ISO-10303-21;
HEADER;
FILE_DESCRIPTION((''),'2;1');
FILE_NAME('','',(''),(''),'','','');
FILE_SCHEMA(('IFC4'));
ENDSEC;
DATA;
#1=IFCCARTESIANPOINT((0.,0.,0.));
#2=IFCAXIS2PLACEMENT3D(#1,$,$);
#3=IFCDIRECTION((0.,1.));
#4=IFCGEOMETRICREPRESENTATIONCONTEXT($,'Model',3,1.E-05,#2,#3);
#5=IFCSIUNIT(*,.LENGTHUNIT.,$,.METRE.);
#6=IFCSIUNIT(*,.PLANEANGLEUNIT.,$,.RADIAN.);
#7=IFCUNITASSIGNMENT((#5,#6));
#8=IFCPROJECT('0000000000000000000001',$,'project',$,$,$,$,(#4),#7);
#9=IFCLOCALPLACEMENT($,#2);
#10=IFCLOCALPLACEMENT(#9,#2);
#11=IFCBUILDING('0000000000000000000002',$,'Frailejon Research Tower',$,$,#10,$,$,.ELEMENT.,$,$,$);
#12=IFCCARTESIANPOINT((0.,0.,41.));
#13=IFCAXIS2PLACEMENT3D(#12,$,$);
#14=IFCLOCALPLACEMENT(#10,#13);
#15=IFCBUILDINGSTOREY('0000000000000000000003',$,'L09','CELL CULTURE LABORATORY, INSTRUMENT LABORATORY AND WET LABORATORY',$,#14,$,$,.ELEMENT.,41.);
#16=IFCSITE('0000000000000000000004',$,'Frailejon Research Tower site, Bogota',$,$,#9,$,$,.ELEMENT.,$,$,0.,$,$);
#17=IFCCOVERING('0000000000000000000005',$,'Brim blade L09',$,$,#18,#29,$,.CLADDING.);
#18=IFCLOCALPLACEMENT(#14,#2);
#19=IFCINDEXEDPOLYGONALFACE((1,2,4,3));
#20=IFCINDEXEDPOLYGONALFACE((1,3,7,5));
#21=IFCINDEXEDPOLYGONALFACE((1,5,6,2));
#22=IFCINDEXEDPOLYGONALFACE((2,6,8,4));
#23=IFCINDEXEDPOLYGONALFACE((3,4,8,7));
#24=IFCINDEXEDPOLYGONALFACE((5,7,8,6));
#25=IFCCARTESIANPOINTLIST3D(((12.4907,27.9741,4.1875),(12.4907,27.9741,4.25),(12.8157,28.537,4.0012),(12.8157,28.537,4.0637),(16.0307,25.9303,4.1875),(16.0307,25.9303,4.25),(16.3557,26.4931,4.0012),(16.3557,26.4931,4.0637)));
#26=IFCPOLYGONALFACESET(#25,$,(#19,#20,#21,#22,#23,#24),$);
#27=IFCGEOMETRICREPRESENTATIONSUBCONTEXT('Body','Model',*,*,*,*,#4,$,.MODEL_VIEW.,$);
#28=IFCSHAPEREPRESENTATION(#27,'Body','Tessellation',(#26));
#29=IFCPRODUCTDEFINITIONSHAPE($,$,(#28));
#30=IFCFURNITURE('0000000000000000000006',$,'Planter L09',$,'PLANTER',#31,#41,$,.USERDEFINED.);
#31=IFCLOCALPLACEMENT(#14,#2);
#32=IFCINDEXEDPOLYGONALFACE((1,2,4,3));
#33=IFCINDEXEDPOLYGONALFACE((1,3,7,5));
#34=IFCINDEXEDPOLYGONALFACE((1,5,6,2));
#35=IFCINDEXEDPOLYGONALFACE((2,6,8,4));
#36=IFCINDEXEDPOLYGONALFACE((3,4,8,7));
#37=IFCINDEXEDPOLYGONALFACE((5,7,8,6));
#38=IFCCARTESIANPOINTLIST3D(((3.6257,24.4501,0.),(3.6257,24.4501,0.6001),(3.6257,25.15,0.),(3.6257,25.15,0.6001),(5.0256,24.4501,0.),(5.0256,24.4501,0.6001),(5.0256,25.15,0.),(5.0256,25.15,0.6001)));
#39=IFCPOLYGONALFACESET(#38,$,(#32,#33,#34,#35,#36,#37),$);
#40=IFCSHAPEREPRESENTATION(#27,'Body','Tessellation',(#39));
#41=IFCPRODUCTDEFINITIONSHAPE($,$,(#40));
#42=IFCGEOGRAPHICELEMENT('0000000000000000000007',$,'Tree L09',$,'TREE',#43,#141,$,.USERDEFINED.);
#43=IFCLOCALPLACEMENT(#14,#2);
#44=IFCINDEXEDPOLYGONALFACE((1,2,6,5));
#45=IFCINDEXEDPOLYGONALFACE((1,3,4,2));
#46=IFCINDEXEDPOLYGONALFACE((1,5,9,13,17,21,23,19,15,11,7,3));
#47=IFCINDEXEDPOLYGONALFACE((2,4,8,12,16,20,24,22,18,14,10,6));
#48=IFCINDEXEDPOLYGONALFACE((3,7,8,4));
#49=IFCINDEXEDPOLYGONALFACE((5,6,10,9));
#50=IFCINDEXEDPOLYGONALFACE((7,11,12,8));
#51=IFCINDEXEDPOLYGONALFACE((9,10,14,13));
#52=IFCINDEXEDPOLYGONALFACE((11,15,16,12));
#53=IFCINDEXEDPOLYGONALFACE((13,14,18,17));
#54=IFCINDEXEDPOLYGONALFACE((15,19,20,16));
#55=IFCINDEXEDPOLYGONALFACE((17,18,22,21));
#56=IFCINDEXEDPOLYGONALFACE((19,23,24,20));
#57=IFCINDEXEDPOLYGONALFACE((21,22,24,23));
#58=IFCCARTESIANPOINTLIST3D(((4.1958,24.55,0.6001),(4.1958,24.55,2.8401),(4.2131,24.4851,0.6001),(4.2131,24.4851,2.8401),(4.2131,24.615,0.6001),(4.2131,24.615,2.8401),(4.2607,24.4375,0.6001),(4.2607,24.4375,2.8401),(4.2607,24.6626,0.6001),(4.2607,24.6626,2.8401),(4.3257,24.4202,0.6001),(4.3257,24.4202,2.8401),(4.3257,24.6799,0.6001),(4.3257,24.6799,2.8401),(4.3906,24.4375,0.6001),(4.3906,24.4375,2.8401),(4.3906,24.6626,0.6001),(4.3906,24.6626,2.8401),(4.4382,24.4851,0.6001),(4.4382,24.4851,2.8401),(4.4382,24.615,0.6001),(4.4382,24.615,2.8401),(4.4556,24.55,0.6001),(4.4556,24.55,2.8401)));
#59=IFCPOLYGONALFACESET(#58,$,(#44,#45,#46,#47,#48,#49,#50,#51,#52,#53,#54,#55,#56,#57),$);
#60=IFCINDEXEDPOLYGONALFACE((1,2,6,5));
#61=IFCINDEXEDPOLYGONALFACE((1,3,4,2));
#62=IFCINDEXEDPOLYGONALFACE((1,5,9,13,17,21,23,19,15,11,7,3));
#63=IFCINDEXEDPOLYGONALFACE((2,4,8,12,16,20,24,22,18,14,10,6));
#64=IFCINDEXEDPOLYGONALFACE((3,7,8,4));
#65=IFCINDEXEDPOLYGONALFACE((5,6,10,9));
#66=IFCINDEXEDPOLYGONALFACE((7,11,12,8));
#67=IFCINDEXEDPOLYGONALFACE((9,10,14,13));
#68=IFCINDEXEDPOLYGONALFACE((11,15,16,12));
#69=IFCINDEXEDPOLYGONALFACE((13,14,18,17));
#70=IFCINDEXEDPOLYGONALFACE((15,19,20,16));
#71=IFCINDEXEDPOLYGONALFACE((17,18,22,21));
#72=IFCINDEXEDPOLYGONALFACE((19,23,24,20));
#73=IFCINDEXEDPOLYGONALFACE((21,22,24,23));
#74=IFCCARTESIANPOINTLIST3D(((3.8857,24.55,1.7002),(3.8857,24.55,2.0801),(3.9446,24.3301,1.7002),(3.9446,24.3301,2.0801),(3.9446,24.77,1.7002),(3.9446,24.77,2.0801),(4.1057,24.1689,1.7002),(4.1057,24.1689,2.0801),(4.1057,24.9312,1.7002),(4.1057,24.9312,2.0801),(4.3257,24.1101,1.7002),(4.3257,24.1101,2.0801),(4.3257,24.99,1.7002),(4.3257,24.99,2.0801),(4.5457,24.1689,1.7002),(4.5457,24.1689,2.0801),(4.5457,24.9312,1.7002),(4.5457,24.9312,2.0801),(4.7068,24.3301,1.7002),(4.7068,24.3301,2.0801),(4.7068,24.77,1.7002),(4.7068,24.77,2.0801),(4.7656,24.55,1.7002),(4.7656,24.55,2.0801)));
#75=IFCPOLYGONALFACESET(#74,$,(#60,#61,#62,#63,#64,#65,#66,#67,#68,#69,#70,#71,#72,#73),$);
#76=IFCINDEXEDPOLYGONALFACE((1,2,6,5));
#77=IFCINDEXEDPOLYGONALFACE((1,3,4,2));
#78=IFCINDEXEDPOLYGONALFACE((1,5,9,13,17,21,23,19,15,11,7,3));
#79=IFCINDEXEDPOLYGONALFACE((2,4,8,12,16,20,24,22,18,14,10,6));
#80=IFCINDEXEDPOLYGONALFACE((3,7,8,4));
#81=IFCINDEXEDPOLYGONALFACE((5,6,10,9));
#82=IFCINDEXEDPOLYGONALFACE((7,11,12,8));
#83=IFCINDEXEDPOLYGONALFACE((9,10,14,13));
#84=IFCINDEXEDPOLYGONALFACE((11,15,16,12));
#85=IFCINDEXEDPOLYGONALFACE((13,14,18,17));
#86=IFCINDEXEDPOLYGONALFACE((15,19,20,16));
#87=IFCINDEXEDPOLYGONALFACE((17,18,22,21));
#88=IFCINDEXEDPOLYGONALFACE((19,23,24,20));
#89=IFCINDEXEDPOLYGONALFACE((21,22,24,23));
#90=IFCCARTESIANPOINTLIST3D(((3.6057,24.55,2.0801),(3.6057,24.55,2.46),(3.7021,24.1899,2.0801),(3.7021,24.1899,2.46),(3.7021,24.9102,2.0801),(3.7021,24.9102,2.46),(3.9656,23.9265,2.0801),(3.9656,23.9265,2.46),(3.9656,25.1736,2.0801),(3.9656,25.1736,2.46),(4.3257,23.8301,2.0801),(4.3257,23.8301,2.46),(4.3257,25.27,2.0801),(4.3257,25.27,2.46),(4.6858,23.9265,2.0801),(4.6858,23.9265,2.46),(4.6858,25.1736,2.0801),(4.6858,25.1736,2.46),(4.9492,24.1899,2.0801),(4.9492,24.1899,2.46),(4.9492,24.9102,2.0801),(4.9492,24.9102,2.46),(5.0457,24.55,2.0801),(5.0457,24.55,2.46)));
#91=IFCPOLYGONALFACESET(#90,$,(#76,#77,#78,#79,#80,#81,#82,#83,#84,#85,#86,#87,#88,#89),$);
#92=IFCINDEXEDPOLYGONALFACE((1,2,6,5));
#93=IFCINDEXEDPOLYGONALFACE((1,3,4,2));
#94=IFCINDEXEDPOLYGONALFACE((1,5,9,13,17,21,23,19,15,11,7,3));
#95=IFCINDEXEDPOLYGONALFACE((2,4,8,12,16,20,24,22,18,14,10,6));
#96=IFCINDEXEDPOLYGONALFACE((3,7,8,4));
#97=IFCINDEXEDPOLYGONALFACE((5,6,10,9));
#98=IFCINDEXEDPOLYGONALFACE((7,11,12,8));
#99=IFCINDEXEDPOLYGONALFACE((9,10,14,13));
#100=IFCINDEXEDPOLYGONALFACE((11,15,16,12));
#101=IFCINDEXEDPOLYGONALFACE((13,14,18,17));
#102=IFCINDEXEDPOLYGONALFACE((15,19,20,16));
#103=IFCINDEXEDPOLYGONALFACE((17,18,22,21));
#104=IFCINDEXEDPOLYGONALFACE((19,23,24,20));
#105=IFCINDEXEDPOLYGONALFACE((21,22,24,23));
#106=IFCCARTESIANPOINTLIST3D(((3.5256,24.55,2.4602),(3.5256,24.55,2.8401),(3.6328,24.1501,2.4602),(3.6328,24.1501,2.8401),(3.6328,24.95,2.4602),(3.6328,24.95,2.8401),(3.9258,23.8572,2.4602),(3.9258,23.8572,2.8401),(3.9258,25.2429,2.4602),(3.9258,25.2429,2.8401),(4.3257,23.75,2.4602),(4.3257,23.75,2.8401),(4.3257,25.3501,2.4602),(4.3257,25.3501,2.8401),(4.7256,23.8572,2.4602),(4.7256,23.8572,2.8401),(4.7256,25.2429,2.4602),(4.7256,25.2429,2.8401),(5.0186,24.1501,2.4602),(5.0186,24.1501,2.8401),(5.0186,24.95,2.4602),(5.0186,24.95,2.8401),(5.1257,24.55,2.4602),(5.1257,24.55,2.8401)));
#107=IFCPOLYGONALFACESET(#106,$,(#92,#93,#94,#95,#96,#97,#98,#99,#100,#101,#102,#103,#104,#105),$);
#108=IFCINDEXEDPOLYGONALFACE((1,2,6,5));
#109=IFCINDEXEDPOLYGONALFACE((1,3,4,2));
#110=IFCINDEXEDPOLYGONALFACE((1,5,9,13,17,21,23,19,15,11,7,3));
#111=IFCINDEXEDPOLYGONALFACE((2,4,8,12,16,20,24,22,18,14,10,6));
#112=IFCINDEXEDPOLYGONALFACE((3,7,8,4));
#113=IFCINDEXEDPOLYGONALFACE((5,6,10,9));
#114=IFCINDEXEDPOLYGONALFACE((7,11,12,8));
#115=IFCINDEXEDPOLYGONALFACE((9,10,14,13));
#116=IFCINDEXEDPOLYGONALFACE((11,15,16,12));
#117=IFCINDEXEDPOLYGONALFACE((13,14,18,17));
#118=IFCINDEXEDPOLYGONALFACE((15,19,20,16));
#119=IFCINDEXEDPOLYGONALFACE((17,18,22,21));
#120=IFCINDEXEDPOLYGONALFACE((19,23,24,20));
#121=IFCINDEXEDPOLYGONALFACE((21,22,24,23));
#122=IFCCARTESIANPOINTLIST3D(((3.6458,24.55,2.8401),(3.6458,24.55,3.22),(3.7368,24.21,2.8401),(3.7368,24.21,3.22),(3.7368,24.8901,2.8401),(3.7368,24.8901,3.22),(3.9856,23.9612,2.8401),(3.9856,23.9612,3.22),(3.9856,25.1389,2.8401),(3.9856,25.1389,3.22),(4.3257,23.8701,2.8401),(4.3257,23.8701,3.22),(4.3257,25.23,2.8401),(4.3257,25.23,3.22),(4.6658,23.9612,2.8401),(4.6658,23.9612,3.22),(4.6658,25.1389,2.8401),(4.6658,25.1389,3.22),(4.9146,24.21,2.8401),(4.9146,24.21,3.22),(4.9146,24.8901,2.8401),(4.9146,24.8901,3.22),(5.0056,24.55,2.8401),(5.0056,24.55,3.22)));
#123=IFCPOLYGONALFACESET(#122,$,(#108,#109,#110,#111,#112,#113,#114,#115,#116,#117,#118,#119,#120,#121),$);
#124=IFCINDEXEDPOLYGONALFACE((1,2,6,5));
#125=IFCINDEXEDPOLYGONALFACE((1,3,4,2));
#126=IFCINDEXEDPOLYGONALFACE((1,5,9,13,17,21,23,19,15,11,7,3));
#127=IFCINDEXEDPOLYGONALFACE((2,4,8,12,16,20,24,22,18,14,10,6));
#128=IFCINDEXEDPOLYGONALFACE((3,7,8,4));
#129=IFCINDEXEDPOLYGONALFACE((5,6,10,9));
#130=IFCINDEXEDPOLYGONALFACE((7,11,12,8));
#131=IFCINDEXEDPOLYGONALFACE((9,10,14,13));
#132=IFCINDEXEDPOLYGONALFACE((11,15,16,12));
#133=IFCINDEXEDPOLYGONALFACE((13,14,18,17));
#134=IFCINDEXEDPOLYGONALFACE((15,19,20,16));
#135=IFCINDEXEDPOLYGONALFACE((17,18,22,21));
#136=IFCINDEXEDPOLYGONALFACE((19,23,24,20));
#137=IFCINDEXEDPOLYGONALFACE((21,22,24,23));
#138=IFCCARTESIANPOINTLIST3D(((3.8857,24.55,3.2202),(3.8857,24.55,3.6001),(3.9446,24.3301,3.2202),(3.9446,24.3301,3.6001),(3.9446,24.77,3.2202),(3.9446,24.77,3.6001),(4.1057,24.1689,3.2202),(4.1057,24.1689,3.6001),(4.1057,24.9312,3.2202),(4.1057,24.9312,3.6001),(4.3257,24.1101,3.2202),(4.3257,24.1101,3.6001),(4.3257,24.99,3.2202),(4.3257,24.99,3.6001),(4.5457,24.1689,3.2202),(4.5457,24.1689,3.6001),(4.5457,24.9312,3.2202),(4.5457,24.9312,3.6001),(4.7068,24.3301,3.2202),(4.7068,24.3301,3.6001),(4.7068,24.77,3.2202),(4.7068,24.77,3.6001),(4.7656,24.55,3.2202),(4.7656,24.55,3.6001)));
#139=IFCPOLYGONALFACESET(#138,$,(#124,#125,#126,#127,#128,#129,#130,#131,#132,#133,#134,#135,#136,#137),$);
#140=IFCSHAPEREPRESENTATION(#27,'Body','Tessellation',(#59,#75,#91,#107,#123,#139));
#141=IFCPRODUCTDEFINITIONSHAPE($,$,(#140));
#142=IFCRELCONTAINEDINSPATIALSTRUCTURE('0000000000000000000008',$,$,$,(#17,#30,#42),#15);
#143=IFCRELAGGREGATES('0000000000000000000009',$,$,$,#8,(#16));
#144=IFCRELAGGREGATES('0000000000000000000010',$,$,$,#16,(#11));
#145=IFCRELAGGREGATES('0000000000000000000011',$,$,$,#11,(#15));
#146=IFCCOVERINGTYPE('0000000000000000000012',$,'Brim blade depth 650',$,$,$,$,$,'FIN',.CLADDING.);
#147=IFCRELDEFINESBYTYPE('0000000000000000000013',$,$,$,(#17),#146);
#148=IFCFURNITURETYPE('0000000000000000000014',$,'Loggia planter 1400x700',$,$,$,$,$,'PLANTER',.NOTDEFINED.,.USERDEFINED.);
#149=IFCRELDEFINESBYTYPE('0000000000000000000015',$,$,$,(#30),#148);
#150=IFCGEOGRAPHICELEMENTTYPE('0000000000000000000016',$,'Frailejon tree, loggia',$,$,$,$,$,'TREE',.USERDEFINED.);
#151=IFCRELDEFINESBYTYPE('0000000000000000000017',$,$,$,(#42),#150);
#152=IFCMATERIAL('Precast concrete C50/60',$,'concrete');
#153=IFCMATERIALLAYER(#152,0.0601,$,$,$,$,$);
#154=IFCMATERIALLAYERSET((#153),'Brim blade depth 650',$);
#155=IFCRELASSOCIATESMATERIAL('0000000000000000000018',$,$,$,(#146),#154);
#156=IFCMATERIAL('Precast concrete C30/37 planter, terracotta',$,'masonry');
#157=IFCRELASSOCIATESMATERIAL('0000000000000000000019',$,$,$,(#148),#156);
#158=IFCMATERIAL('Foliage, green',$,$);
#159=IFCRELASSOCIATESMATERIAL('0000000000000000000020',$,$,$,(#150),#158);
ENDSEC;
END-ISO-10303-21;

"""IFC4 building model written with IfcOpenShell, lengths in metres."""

from ifc_helpers import new_model, si_unit, direction, frame, origin, origin_2d, place, context, subcontext, project, spatial, polyline, rectangle, outline, extrude, material, layer, layer_set, type_object, element, save


model = new_model("IFC4")

# Units and contexts
model_context = context("Model", 3, precision=1e-05, world=origin(), true_north=direction((0.0, 1.0)))
body_context = subcontext(model_context, "Body", "Model", "MODEL_VIEW")
ifc_project = project(units=[si_unit("LENGTHUNIT", "METRE"), si_unit("PLANEANGLEUNIT", "RADIAN")], contexts=[model_context])

# Site, building, storey
site_placement = place(None, origin())
site = spatial("IfcSite", under=ifc_project, at=site_placement, Name="Frailejon Research Tower site, Bogota", CompositionType="ELEMENT", RefElevation=0.0)
building_placement = place(site_placement, origin())
building = spatial("IfcBuilding", under=site, at=building_placement, Name="Frailejon Research Tower", CompositionType="ELEMENT")
storey_placement = place(building_placement, frame((0.0, 0.0, 41.0)))
storey = spatial("IfcBuildingStorey", under=building, at=storey_placement, Name="L09", Description="CELL CULTURE LABORATORY, INSTRUMENT LABORATORY AND WET LABORATORY", CompositionType="ELEMENT", Elevation=41.0)

# Covering
ifc_material_1 = material(Name="Precast concrete C50/60", Category="concrete")
ifc_layer_1 = layer(ifc_material_1, 0.0601)
ifc_layer_set_1 = layer_set([ifc_layer_1], Name="Brim blade depth 650")
covering_type_1 = type_object("IfcCoveringType", Name="Brim blade depth 650", ElementType="FIN", PredefinedType="CLADDING", material=ifc_layer_set_1)
covering_placement = place(storey_placement, frame((12.4907, 27.9741, 4.25), z_axis=(0.866027, -0.499997, 0.0), x_axis=(0.499997, 0.866027, 0.0)))
element("IfcCovering", 1, at=covering_placement, inside=storey, type_object=covering_type_1, Name="Brim blade L09", PredefinedType="CLADDING", context=body_context, shape_type="SweptSolid", body=[
    extrude(outline(polyline([(0.0, -0.0625), (0.6499, -0.2488), (0.6499, -0.1863), (0.0, 0.0), (0.0, -0.0625)])), origin(), (0.0, 0.0, 1.0), 4.0876),
])

# Furniture
ifc_material_2 = material(Name="Precast concrete C30/37 planter, terracotta", Category="masonry")
furniture_type = type_object("IfcFurnitureType", Name="Loggia planter 1400x700", ElementType="PLANTER", AssemblyPlace="NOTDEFINED", PredefinedType="USERDEFINED", material=ifc_material_2)
furniture_placement = place(storey_placement, frame((4.3257, 24.8, 0.0), z_axis=(0.0, 0.0, 1.0), x_axis=(-1.0, 0.0, 0.0)))
element("IfcFurniture", 2, at=furniture_placement, inside=storey, type_object=furniture_type, Name="Planter L09", ObjectType="PLANTER", PredefinedType="USERDEFINED", context=body_context, shape_type="SweptSolid", body=[
    extrude(rectangle(XDim=1.3999, YDim=0.7, at=origin_2d()), origin(), (0.0, 0.0, 1.0), 0.6001),
])

# Geographic element
ifc_material_3 = material(Name="Foliage, green")
geographic_element_type = type_object("IfcGeographicElementType", Name="Frailejon tree, loggia", ElementType="TREE", PredefinedType="USERDEFINED", material=ifc_material_3)
geographic_element_placement = place(storey_placement, frame((4.3257, 24.55, 0.6001)))
element("IfcGeographicElement", 3, at=geographic_element_placement, inside=storey, type_object=geographic_element_type, Name="Tree L09", ObjectType="TREE", PredefinedType="USERDEFINED", context=body_context, shape_type="SweptSolid", body=[
    extrude(outline(polyline([(0.1299, 0.0), (0.1125, 0.0649), (0.0649, 0.1125), (0.0, 0.1299), (-0.0649, 0.1125), (-0.1125, 0.0649), (-0.1299, 0.0), (-0.1125, -0.0649), (-0.0649, -0.1125), (0.0, -0.1299), (0.0649, -0.1125), (0.1125, -0.0649), (0.1299, 0.0)])), origin(), (0.0, 0.0, 1.0), 2.24),
    extrude(outline(polyline([(0.4399, 0.0), (0.3811, 0.22), (0.22, 0.3811), (0.0, 0.4399), (-0.22, 0.3811), (-0.3811, 0.22), (-0.4399, 0.0), (-0.3811, -0.22), (-0.22, -0.3811), (0.0, -0.4399), (0.22, -0.3811), (0.3811, -0.22), (0.4399, 0.0)])), frame((0.0, 0.0, 1.1001)), (0.0, 0.0, 1.0), 0.3799),
    extrude(outline(polyline([(0.72, 0.0), (0.6235, 0.3601), (0.3601, 0.6235), (0.0, 0.72), (-0.3601, 0.6235), (-0.6235, 0.3601), (-0.72, 0.0), (-0.6235, -0.3601), (-0.3601, -0.6235), (0.0, -0.72), (0.3601, -0.6235), (0.6235, -0.3601), (0.72, 0.0)])), frame((0.0, 0.0, 1.48)), (0.0, 0.0, 1.0), 0.3799),
    extrude(outline(polyline([(0.8, 0.0), (0.6929, 0.3999), (0.3999, 0.6929), (0.0, 0.8), (-0.3999, 0.6929), (-0.6929, 0.3999), (-0.8, 0.0), (-0.6929, -0.3999), (-0.3999, -0.6929), (0.0, -0.8), (0.3999, -0.6929), (0.6929, -0.3999), (0.8, 0.0)])), frame((0.0, 0.0, 1.8601)), (0.0, 0.0, 1.0), 0.3799),
    extrude(outline(polyline([(0.6799, 0.0), (0.5889, 0.3401), (0.3401, 0.5889), (0.0, 0.6799), (-0.3401, 0.5889), (-0.5889, 0.3401), (-0.6799, 0.0), (-0.5889, -0.3401), (-0.3401, -0.5889), (0.0, -0.6799), (0.3401, -0.5889), (0.5889, -0.3401), (0.6799, 0.0)])), frame((0.0, 0.0, 2.24)), (0.0, 0.0, 1.0), 0.3799),
    extrude(outline(polyline([(0.4399, 0.0), (0.3811, 0.22), (0.22, 0.3811), (0.0, 0.4399), (-0.22, 0.3811), (-0.3811, 0.22), (-0.4399, 0.0), (-0.3811, -0.22), (-0.22, -0.3811), (0.0, -0.4399), (0.22, -0.3811), (0.3811, -0.22), (0.4399, 0.0)])), frame((0.0, 0.0, 2.6201)), (0.0, 0.0, 1.0), 0.3799),
])

save(model, "model.ifc")
